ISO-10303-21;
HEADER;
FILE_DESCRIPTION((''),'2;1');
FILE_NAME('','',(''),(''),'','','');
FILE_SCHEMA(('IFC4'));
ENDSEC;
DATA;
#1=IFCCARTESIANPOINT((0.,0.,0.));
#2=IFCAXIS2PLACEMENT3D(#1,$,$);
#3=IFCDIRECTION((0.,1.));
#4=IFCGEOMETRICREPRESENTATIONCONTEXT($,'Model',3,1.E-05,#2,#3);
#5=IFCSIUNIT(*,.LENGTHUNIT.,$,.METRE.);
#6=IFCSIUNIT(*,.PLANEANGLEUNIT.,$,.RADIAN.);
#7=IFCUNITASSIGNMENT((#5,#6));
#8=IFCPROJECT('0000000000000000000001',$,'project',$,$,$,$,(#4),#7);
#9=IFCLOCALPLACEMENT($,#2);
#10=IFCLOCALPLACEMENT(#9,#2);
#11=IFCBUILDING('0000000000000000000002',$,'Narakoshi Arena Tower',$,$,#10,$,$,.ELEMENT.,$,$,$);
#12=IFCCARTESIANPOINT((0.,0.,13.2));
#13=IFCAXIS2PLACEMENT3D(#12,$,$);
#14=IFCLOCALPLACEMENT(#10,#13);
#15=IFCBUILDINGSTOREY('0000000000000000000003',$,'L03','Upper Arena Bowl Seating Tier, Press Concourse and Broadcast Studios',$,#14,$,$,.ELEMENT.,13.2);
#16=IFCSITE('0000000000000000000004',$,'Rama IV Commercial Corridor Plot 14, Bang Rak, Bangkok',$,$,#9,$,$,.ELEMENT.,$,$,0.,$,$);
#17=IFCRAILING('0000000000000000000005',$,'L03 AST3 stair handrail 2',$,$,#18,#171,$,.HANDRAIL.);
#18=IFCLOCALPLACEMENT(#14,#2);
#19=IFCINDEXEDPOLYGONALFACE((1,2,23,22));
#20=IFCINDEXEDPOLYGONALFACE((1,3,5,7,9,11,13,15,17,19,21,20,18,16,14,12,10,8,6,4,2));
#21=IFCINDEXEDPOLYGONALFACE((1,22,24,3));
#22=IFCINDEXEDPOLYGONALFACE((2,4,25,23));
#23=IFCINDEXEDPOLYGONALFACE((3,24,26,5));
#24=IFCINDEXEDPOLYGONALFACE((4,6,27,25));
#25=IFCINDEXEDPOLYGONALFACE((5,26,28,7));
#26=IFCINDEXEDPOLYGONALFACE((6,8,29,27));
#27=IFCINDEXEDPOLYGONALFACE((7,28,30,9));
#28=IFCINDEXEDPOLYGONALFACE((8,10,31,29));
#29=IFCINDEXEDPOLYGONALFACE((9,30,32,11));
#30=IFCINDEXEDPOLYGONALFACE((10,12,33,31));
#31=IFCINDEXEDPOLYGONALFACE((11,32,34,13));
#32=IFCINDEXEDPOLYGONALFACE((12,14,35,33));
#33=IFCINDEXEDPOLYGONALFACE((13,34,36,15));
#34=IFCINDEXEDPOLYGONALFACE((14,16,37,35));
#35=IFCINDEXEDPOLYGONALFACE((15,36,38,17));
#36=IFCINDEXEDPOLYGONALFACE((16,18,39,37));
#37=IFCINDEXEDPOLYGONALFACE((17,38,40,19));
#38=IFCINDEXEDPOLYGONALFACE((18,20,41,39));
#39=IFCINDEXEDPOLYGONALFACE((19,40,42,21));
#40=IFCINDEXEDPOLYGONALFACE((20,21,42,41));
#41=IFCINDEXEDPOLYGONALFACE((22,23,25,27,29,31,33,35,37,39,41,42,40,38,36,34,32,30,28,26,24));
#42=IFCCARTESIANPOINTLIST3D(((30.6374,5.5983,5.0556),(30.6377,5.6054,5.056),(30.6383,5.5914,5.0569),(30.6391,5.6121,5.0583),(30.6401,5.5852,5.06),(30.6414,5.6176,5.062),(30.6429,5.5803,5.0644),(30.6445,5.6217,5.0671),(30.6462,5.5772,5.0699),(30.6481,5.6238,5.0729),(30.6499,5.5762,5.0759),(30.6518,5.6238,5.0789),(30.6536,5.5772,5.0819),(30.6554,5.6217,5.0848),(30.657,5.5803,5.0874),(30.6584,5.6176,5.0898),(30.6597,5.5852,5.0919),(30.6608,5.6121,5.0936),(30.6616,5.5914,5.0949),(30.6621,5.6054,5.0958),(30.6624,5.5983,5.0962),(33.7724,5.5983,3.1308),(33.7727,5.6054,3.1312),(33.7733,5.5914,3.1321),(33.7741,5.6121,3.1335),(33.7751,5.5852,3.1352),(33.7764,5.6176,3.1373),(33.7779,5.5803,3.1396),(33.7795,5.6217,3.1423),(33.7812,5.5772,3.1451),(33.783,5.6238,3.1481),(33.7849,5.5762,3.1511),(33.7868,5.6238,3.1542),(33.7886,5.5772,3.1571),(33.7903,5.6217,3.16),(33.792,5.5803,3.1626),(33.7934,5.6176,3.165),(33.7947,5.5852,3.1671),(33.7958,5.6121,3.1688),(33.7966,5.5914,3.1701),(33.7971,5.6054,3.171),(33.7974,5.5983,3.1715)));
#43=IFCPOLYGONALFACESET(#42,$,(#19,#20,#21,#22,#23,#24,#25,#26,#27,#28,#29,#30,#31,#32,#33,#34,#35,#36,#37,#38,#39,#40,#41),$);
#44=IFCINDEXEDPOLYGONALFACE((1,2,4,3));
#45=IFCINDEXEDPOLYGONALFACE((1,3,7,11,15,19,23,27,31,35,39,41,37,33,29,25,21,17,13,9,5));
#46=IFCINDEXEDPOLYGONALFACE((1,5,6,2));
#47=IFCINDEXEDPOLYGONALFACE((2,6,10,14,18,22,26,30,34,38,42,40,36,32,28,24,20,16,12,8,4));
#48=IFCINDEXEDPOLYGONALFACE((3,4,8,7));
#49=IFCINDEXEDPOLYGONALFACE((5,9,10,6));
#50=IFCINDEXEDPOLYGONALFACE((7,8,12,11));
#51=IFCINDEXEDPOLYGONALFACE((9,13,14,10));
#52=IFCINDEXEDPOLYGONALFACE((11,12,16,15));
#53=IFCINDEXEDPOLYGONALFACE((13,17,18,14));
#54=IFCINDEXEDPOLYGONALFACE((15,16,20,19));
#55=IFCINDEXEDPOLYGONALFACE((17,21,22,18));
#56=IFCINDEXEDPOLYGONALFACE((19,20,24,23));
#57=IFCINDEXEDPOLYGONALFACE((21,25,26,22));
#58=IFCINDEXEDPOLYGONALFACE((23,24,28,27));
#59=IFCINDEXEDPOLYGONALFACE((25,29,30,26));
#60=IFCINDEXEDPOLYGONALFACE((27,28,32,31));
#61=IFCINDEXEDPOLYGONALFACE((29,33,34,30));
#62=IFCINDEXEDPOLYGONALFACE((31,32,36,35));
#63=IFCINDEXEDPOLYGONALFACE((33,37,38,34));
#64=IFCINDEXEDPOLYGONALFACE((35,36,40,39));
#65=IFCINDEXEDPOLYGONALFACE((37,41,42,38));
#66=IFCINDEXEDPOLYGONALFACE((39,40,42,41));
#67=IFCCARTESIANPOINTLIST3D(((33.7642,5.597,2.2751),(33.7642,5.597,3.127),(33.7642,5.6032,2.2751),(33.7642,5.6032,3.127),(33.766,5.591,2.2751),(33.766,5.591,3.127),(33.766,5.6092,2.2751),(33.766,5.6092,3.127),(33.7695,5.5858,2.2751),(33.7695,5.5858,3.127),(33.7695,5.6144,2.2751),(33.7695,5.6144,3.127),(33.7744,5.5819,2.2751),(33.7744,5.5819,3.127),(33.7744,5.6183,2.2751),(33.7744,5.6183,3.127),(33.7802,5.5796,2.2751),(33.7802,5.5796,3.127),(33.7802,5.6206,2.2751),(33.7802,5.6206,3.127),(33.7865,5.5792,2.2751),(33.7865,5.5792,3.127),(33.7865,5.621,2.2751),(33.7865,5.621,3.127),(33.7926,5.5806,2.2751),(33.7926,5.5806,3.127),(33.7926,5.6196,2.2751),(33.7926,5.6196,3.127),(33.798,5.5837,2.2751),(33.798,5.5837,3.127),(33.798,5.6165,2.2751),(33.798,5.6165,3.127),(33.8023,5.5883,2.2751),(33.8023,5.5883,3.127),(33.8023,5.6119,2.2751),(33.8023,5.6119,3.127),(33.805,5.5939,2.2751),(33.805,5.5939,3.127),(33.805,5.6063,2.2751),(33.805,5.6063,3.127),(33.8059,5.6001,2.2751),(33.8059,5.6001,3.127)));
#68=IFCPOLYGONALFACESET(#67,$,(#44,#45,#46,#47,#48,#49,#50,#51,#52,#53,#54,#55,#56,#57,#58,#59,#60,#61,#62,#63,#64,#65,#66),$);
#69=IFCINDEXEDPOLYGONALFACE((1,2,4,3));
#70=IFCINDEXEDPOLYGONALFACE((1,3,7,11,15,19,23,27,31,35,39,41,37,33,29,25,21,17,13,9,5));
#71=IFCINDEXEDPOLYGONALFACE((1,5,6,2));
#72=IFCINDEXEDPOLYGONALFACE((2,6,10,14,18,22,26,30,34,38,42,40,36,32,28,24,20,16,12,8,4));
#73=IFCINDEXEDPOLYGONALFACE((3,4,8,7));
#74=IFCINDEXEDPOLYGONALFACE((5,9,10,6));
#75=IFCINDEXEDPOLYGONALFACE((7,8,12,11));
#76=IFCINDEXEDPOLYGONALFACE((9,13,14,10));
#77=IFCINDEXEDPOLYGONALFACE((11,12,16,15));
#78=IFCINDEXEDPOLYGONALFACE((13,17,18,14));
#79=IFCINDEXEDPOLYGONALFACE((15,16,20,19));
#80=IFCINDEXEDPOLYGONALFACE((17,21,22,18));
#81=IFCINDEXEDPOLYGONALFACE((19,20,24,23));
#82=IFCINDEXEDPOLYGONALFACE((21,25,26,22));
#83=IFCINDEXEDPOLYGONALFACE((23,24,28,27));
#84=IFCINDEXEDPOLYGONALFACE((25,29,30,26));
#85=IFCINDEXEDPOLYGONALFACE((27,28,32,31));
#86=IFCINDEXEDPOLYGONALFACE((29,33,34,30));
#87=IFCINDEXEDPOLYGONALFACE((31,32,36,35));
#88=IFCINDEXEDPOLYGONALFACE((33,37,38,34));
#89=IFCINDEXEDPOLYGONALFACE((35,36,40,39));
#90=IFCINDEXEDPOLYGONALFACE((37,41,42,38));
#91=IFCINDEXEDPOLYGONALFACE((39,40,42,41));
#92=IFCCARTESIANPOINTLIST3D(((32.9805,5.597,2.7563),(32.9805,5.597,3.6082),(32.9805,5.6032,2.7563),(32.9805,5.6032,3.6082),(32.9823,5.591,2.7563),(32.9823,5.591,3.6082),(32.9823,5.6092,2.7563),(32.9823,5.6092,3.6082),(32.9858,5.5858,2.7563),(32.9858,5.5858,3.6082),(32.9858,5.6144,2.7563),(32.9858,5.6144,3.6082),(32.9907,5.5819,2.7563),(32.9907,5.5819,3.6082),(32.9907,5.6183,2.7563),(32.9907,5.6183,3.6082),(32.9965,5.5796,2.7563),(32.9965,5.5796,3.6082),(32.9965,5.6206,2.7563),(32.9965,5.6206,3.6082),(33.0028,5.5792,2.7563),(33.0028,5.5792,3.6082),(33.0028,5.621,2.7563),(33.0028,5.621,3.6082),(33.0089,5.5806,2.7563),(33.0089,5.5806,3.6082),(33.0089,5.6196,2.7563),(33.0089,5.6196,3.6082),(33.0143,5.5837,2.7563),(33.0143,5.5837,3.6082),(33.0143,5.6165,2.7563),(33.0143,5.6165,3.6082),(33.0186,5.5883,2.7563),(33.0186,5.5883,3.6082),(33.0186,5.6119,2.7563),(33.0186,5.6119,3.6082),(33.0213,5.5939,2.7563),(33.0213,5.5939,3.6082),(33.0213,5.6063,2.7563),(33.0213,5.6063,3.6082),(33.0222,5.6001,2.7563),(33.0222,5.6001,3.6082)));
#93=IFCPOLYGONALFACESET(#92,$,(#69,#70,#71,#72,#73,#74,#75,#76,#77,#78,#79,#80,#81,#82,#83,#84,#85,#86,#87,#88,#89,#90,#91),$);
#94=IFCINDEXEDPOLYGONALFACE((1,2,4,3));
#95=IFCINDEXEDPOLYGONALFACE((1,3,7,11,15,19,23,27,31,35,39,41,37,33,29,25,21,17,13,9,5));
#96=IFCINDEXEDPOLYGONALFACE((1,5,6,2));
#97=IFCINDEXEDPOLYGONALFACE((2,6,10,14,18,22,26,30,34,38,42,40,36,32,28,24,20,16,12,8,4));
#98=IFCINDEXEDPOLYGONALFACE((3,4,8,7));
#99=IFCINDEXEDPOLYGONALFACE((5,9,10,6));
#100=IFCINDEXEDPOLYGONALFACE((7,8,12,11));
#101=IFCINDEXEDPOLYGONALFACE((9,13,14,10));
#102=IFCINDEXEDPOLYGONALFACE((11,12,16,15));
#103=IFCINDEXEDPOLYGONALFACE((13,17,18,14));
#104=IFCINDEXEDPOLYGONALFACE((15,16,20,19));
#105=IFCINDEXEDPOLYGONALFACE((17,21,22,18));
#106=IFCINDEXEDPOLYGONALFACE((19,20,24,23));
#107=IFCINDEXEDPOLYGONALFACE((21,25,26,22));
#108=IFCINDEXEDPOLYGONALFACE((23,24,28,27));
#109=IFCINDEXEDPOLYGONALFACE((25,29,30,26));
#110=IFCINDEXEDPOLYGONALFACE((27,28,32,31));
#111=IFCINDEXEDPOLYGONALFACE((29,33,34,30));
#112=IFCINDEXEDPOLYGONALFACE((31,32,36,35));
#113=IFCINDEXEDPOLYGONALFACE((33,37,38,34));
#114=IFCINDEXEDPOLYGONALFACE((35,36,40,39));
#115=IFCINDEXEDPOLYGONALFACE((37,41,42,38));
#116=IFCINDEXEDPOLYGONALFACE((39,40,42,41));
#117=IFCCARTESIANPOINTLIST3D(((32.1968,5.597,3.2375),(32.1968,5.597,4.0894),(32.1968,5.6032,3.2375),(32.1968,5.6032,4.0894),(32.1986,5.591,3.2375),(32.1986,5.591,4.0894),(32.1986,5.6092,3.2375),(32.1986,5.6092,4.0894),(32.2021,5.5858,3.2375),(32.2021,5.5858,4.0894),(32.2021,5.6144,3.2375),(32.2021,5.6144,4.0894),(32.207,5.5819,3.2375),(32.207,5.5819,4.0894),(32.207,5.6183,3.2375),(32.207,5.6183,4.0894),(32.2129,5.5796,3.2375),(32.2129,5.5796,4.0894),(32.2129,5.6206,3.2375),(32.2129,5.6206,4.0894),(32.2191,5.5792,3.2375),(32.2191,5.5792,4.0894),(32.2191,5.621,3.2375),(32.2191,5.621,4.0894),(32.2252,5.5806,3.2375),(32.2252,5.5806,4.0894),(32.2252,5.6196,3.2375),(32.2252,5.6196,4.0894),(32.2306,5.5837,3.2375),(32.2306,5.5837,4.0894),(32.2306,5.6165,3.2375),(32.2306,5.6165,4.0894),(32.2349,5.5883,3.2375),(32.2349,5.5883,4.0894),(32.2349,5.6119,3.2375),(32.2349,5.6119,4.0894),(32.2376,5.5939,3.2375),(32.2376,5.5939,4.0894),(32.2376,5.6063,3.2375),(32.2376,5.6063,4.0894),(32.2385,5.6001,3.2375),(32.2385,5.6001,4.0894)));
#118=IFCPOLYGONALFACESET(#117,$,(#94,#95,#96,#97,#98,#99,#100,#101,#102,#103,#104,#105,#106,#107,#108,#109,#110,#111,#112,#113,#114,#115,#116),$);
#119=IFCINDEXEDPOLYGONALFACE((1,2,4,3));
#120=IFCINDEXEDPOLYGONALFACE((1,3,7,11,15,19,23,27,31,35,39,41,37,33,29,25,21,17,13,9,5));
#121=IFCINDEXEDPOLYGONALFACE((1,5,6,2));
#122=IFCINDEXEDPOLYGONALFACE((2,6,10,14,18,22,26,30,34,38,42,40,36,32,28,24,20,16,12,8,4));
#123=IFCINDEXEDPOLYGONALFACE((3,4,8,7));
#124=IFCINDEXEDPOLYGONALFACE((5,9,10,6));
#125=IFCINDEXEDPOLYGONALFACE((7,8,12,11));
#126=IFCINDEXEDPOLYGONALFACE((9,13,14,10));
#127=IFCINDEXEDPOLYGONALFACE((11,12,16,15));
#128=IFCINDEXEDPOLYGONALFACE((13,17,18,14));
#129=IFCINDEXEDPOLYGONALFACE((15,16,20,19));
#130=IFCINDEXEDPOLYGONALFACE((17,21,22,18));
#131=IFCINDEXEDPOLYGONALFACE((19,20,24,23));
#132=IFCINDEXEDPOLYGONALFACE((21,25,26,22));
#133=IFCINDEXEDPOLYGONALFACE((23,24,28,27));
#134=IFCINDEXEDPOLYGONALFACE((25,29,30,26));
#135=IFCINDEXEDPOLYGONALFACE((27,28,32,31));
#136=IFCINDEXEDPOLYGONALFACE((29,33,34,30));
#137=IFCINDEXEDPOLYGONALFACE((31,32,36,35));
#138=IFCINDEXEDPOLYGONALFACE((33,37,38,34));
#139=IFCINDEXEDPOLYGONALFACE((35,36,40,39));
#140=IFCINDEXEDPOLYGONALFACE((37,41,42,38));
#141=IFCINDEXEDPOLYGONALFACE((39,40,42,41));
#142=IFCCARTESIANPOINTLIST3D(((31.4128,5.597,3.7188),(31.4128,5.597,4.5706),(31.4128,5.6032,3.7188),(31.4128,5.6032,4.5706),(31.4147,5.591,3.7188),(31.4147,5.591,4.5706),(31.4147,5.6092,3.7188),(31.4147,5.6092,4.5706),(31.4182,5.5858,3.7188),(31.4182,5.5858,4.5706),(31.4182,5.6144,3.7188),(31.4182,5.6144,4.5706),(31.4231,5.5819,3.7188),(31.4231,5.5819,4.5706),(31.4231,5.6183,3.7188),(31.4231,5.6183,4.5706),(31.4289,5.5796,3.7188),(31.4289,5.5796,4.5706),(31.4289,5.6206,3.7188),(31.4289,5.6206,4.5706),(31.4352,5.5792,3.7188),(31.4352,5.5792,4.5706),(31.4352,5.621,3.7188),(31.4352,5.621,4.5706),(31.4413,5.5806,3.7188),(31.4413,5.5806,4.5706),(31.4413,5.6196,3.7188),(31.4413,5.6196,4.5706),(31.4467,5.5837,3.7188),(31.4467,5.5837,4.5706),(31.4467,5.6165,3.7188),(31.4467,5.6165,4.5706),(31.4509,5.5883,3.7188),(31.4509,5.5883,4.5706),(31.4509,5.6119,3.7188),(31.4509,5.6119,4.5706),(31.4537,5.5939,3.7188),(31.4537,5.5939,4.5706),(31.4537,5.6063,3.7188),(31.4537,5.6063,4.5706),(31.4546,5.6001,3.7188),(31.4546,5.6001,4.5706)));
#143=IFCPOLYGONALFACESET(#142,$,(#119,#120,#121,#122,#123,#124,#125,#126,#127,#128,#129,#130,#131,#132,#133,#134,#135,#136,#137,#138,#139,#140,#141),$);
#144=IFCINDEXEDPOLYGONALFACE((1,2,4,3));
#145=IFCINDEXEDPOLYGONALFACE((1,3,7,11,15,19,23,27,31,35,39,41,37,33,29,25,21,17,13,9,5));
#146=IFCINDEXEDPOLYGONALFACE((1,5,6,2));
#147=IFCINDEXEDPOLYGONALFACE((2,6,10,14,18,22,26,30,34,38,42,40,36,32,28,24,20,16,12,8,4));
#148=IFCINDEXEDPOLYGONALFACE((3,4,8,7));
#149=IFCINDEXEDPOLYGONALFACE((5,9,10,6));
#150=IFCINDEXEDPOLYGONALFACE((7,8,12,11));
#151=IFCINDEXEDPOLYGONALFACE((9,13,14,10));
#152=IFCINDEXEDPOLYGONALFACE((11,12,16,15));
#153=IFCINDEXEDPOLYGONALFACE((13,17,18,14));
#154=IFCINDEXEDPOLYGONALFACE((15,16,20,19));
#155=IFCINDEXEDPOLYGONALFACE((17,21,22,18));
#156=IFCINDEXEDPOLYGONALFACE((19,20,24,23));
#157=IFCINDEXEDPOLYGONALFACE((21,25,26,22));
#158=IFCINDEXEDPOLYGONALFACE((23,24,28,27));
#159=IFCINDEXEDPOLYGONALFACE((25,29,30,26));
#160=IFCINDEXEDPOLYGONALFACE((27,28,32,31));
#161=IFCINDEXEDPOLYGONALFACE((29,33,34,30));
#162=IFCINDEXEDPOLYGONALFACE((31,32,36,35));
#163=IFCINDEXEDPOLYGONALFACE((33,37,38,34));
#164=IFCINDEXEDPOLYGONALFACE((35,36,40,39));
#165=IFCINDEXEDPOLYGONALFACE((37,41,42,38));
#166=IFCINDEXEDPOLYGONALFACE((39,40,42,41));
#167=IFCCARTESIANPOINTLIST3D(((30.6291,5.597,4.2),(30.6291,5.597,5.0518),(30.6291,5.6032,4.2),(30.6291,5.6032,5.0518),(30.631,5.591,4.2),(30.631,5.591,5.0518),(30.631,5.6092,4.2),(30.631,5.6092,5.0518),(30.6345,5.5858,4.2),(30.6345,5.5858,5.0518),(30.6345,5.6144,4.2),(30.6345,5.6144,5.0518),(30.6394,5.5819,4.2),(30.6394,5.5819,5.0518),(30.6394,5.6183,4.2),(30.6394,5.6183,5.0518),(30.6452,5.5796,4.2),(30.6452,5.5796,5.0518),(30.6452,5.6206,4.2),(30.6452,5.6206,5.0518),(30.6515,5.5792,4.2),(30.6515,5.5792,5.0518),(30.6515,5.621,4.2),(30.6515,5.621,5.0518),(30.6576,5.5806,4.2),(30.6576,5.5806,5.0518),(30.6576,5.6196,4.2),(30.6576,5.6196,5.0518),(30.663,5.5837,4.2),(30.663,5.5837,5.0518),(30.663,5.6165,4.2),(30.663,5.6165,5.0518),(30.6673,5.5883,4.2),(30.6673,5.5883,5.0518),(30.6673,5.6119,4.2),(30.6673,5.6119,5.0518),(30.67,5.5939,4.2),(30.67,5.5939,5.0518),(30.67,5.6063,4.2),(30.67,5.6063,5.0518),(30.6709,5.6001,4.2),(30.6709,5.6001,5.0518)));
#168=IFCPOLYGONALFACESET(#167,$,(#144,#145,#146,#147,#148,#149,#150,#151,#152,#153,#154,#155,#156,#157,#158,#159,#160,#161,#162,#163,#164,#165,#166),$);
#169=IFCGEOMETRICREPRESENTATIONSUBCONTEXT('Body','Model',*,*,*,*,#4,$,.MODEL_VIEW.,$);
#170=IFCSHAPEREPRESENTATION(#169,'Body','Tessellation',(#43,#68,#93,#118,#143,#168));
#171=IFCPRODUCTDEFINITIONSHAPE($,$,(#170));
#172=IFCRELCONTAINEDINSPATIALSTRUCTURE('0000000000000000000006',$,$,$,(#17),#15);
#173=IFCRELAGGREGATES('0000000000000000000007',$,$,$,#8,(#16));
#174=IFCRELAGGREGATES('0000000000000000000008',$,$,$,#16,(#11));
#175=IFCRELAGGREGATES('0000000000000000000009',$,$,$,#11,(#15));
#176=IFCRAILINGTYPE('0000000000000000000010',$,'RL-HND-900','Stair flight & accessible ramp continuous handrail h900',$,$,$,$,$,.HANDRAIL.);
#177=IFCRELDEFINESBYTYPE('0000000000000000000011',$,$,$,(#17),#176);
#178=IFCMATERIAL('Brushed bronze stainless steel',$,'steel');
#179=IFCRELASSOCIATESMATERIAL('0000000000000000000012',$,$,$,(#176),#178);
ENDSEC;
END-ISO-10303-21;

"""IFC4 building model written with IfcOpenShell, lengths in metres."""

from ifc_helpers import new_model, si_unit, direction, frame, origin, origin_2d, place, context, subcontext, project, spatial, circle, extrude, material, type_object, element, save


model = new_model("IFC4")

# Units and contexts
model_context = context("Model", 3, precision=1e-05, world=origin(), true_north=direction((0.0, 1.0)))
body_context = subcontext(model_context, "Body", "Model", "MODEL_VIEW")
ifc_project = project(units=[si_unit("LENGTHUNIT", "METRE"), si_unit("PLANEANGLEUNIT", "RADIAN")], contexts=[model_context])

# Site, building, storey
site_placement = place(None, origin())
site = spatial("IfcSite", under=ifc_project, at=site_placement, Name="Rama IV Commercial Corridor Plot 14, Bang Rak, Bangkok", CompositionType="ELEMENT", RefElevation=0.0)
building_placement = place(site_placement, origin())
building = spatial("IfcBuilding", under=site, at=building_placement, Name="Narakoshi Arena Tower", CompositionType="ELEMENT")
storey_placement = place(building_placement, frame((0.0, 0.0, 13.2)))
storey = spatial("IfcBuildingStorey", under=building, at=storey_placement, Name="L03", Description="Upper Arena Bowl Seating Tier, Press Concourse and Broadcast Studios", CompositionType="ELEMENT", Elevation=13.2)

# Railing
ifc_material_1 = material(Name="Brushed bronze stainless steel", Category="steel")
railing_type_1 = type_object("IfcRailingType", Name="RL-HND-900", Description="Stair flight & accessible ramp continuous handrail h900", PredefinedType="HANDRAIL", material=ifc_material_1)
railing_1_placement = place(storey_placement, frame((33.7849, 5.6001, 2.2751)))
element("IfcRailing", 1, at=railing_1_placement, inside=storey, type_object=railing_type_1, Name="L03 AST3 stair handrail 2", PredefinedType="HANDRAIL", context=body_context, shape_type="SweptSolid", body=[
    extrude(circle(Radius=0.0239, at=origin_2d()), frame((0.0, 0.0, 0.876), z_axis=(-0.852196, 0.0, 0.523223), x_axis=(0.0, -1.0, 0.0)), (0.0, 0.0, 1.0), 3.6787),
    extrude(circle(Radius=0.021, at=origin_2d()), origin(), (0.0, 0.0, 1.0), 0.8518),
    extrude(circle(Radius=0.021, at=origin_2d()), frame((-0.7837, 0.0, 0.4812)), (0.0, 0.0, 1.0), 0.8518),
    extrude(circle(Radius=0.021, at=origin_2d()), frame((-1.5674, 0.0, 0.9624)), (0.0, 0.0, 1.0), 0.8518),
    extrude(circle(Radius=0.021, at=origin_2d()), frame((-2.3513, 0.0, 1.4436)), (0.0, 0.0, 1.0), 0.8518),
    extrude(circle(Radius=0.021, at=origin_2d()), frame((-3.135, 0.0, 1.9248)), (0.0, 0.0, 1.0), 0.8518),
])

save(model, "model.ifc")
